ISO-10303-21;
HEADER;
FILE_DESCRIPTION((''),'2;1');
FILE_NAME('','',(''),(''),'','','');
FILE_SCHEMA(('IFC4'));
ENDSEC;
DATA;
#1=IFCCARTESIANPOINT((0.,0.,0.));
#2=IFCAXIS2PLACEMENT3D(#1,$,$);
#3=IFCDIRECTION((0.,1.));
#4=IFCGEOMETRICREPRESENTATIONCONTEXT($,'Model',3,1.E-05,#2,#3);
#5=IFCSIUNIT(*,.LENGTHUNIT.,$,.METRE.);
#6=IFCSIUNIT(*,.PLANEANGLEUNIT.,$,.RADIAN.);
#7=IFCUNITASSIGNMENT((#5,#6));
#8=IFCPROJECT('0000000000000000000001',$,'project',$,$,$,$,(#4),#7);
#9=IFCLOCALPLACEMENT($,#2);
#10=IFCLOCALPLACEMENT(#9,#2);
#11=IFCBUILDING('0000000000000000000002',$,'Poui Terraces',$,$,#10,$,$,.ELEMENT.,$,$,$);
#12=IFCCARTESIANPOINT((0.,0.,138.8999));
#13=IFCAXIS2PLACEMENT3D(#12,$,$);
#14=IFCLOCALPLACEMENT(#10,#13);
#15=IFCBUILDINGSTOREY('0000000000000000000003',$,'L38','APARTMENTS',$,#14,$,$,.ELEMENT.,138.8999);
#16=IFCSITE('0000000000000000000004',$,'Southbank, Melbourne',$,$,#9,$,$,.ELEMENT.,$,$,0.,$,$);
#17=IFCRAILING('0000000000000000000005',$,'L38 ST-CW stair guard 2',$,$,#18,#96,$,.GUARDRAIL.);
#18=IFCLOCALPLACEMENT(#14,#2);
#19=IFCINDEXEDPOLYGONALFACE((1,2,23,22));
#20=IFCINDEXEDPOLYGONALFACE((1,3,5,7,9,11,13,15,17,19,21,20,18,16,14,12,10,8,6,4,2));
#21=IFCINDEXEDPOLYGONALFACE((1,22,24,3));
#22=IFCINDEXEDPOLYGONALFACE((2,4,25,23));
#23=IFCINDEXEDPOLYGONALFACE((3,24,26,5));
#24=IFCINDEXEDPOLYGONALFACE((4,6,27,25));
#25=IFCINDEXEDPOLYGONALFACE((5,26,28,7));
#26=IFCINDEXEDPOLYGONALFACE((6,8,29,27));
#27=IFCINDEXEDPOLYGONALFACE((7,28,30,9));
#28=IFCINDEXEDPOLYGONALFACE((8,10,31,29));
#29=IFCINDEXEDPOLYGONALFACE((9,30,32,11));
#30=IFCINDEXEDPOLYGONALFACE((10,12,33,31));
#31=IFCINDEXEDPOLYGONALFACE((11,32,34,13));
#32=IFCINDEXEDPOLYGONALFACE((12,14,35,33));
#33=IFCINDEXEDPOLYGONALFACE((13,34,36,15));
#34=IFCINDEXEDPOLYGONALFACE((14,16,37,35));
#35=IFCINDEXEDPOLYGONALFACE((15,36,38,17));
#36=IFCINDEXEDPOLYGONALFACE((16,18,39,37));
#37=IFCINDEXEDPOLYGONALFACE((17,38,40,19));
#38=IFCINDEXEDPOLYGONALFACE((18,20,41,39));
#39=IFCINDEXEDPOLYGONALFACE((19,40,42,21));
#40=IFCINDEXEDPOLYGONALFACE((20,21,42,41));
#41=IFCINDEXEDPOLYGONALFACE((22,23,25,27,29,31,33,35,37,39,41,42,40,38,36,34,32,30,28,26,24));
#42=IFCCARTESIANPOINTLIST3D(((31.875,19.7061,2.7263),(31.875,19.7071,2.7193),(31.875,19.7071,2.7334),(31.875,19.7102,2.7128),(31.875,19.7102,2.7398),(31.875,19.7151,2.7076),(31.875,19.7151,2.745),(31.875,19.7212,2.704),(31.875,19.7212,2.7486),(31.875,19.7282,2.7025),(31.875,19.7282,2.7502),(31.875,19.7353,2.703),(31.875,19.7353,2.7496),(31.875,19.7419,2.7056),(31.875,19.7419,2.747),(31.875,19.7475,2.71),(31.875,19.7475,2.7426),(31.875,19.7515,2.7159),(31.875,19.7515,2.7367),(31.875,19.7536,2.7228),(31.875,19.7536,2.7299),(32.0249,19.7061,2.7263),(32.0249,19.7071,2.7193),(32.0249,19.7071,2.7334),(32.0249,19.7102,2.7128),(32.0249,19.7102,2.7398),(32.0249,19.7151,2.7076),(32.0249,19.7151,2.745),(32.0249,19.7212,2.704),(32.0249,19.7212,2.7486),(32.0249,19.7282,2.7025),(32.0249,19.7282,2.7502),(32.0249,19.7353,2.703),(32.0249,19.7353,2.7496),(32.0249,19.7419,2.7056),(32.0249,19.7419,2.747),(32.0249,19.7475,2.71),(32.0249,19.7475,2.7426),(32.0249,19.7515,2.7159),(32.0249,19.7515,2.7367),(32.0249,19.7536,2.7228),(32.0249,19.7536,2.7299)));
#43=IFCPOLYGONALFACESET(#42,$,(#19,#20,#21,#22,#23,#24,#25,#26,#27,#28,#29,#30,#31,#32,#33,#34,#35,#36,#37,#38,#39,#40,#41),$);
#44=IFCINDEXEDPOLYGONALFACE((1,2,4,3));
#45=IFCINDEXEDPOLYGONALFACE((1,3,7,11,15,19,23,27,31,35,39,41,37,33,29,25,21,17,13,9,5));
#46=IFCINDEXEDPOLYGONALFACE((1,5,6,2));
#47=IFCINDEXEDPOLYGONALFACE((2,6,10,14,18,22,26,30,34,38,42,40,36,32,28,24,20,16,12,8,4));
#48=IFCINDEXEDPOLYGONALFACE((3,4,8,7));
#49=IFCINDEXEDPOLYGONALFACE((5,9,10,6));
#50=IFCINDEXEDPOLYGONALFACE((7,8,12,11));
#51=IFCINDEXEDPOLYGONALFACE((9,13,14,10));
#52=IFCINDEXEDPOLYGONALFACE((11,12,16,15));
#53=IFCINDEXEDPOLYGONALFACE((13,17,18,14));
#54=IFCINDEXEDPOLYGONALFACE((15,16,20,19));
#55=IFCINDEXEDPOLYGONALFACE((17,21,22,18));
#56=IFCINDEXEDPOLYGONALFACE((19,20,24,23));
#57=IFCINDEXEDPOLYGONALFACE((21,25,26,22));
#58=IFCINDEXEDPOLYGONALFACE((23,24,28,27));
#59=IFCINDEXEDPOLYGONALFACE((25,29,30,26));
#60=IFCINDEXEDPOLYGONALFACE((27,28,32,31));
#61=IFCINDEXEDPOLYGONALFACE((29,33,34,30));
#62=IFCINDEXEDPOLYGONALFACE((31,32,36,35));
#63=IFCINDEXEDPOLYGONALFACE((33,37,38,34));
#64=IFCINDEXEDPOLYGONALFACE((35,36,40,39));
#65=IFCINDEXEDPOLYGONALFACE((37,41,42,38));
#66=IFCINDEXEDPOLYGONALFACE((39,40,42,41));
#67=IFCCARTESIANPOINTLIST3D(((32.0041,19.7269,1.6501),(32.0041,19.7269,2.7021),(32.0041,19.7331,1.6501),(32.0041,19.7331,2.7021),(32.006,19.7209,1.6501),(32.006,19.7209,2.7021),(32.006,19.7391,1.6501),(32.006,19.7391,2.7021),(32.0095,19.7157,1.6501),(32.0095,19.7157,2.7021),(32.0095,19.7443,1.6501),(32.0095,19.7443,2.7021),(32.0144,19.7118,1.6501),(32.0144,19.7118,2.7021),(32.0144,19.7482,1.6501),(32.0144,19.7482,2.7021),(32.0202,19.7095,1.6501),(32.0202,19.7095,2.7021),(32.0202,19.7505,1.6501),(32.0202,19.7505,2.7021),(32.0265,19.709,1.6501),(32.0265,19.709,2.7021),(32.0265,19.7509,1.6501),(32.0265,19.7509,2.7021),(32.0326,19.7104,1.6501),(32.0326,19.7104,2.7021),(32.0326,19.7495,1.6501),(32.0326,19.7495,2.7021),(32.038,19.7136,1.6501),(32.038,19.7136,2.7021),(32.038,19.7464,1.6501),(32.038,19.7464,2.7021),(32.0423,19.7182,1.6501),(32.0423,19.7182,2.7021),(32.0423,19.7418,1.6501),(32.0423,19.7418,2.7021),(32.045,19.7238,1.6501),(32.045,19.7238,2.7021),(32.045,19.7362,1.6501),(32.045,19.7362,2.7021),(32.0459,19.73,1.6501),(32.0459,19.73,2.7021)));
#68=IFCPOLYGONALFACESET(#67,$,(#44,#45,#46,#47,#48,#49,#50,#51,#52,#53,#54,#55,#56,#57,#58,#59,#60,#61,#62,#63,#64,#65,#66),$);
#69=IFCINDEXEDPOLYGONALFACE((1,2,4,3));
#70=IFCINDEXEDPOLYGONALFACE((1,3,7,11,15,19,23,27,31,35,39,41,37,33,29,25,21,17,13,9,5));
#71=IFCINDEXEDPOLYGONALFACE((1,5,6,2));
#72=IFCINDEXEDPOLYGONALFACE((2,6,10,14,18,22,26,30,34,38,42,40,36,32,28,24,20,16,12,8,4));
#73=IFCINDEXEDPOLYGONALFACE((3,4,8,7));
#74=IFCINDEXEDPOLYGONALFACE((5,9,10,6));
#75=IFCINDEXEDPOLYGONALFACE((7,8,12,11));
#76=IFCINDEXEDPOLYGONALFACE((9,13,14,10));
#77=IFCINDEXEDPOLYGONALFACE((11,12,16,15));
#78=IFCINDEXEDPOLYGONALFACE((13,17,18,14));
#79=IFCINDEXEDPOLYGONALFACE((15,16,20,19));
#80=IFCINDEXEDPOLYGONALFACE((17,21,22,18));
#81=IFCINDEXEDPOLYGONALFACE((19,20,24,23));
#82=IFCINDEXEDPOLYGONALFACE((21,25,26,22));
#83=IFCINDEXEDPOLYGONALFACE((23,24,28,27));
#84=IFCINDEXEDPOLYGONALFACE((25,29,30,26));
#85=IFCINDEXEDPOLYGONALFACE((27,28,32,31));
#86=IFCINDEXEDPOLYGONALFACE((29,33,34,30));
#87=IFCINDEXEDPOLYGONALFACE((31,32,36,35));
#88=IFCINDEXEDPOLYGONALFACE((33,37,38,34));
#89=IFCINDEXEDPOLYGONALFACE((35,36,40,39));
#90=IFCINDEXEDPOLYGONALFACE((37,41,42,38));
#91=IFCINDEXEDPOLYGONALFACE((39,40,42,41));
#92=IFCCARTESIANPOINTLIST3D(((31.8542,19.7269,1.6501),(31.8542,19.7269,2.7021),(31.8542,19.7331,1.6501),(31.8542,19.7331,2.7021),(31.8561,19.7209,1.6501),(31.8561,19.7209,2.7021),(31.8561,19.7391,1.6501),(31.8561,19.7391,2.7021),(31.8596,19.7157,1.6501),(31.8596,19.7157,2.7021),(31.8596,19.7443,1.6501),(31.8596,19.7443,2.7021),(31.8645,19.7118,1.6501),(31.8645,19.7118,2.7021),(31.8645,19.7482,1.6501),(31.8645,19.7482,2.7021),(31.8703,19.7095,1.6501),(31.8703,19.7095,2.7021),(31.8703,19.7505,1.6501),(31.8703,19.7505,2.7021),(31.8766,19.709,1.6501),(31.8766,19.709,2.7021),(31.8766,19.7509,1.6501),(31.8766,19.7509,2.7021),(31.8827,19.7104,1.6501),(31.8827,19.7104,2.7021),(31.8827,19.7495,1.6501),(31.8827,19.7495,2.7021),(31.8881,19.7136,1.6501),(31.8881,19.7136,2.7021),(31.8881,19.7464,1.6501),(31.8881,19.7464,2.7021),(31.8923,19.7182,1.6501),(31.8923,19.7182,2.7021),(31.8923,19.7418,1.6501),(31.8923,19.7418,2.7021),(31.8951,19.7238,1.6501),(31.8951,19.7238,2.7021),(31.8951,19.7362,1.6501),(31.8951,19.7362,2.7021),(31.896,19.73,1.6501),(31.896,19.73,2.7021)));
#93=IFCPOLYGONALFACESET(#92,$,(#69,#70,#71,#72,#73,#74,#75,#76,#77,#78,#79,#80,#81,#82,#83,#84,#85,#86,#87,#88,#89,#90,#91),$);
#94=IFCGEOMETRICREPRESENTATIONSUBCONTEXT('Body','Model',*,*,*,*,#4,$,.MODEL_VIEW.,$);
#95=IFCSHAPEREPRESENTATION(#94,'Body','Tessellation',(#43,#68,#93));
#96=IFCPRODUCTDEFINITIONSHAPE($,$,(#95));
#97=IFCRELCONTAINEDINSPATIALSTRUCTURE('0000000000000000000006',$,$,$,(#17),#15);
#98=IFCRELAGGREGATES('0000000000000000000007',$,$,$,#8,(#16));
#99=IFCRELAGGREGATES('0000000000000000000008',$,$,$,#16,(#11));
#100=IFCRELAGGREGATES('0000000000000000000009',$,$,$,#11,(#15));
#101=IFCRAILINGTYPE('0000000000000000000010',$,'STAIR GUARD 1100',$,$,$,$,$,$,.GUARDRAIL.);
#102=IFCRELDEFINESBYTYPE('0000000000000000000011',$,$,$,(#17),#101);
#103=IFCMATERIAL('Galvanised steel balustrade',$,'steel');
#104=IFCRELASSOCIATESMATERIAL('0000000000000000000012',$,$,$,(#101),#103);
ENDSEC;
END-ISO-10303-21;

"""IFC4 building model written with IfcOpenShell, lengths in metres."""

from ifc_helpers import new_model, si_unit, direction, frame, origin, origin_2d, place, context, subcontext, project, spatial, circle, extrude, material, type_object, element, save


model = new_model("IFC4")

# Units and contexts
model_context = context("Model", 3, precision=1e-05, world=origin(), true_north=direction((0.0, 1.0)))
body_context = subcontext(model_context, "Body", "Model", "MODEL_VIEW")
ifc_project = project(units=[si_unit("LENGTHUNIT", "METRE"), si_unit("PLANEANGLEUNIT", "RADIAN")], contexts=[model_context])

# Site, building, storey
site_placement = place(None, origin())
site = spatial("IfcSite", under=ifc_project, at=site_placement, Name="Southbank, Melbourne", CompositionType="ELEMENT", RefElevation=0.0)
building_placement = place(site_placement, origin())
building = spatial("IfcBuilding", under=site, at=building_placement, Name="Poui Terraces", CompositionType="ELEMENT")
storey_placement = place(building_placement, frame((0.0, 0.0, 138.8999)))
storey = spatial("IfcBuildingStorey", under=building, at=storey_placement, Name="L38", Description="APARTMENTS", CompositionType="ELEMENT", Elevation=138.8999)

# Railing
ifc_material_1 = material(Name="Galvanised steel balustrade", Category="steel")
railing_type_1 = type_object("IfcRailingType", Name="STAIR GUARD 1100", PredefinedType="GUARDRAIL", material=ifc_material_1)
railing_1_placement = place(storey_placement, frame((32.0249, 19.73, 1.6501)))
element("IfcRailing", 1, at=railing_1_placement, inside=storey, type_object=railing_type_1, Name="L38 ST-CW stair guard 2", PredefinedType="GUARDRAIL", context=body_context, shape_type="SweptSolid", body=[
    extrude(circle(Radius=0.0239, at=origin_2d()), frame((0.0, 0.0, 1.0762), z_axis=(-1.0, 0.0, 0.0), x_axis=(0.0, -1.0, 0.0)), (0.0, 0.0, 1.0), 0.1499),
    extrude(circle(Radius=0.021, at=origin_2d()), origin(), (0.0, 0.0, 1.0), 1.052),
    extrude(circle(Radius=0.021, at=origin_2d()), frame((-0.1499, 0.0, 0.0)), (0.0, 0.0, 1.0), 1.052),
])

save(model, "model.ifc")
